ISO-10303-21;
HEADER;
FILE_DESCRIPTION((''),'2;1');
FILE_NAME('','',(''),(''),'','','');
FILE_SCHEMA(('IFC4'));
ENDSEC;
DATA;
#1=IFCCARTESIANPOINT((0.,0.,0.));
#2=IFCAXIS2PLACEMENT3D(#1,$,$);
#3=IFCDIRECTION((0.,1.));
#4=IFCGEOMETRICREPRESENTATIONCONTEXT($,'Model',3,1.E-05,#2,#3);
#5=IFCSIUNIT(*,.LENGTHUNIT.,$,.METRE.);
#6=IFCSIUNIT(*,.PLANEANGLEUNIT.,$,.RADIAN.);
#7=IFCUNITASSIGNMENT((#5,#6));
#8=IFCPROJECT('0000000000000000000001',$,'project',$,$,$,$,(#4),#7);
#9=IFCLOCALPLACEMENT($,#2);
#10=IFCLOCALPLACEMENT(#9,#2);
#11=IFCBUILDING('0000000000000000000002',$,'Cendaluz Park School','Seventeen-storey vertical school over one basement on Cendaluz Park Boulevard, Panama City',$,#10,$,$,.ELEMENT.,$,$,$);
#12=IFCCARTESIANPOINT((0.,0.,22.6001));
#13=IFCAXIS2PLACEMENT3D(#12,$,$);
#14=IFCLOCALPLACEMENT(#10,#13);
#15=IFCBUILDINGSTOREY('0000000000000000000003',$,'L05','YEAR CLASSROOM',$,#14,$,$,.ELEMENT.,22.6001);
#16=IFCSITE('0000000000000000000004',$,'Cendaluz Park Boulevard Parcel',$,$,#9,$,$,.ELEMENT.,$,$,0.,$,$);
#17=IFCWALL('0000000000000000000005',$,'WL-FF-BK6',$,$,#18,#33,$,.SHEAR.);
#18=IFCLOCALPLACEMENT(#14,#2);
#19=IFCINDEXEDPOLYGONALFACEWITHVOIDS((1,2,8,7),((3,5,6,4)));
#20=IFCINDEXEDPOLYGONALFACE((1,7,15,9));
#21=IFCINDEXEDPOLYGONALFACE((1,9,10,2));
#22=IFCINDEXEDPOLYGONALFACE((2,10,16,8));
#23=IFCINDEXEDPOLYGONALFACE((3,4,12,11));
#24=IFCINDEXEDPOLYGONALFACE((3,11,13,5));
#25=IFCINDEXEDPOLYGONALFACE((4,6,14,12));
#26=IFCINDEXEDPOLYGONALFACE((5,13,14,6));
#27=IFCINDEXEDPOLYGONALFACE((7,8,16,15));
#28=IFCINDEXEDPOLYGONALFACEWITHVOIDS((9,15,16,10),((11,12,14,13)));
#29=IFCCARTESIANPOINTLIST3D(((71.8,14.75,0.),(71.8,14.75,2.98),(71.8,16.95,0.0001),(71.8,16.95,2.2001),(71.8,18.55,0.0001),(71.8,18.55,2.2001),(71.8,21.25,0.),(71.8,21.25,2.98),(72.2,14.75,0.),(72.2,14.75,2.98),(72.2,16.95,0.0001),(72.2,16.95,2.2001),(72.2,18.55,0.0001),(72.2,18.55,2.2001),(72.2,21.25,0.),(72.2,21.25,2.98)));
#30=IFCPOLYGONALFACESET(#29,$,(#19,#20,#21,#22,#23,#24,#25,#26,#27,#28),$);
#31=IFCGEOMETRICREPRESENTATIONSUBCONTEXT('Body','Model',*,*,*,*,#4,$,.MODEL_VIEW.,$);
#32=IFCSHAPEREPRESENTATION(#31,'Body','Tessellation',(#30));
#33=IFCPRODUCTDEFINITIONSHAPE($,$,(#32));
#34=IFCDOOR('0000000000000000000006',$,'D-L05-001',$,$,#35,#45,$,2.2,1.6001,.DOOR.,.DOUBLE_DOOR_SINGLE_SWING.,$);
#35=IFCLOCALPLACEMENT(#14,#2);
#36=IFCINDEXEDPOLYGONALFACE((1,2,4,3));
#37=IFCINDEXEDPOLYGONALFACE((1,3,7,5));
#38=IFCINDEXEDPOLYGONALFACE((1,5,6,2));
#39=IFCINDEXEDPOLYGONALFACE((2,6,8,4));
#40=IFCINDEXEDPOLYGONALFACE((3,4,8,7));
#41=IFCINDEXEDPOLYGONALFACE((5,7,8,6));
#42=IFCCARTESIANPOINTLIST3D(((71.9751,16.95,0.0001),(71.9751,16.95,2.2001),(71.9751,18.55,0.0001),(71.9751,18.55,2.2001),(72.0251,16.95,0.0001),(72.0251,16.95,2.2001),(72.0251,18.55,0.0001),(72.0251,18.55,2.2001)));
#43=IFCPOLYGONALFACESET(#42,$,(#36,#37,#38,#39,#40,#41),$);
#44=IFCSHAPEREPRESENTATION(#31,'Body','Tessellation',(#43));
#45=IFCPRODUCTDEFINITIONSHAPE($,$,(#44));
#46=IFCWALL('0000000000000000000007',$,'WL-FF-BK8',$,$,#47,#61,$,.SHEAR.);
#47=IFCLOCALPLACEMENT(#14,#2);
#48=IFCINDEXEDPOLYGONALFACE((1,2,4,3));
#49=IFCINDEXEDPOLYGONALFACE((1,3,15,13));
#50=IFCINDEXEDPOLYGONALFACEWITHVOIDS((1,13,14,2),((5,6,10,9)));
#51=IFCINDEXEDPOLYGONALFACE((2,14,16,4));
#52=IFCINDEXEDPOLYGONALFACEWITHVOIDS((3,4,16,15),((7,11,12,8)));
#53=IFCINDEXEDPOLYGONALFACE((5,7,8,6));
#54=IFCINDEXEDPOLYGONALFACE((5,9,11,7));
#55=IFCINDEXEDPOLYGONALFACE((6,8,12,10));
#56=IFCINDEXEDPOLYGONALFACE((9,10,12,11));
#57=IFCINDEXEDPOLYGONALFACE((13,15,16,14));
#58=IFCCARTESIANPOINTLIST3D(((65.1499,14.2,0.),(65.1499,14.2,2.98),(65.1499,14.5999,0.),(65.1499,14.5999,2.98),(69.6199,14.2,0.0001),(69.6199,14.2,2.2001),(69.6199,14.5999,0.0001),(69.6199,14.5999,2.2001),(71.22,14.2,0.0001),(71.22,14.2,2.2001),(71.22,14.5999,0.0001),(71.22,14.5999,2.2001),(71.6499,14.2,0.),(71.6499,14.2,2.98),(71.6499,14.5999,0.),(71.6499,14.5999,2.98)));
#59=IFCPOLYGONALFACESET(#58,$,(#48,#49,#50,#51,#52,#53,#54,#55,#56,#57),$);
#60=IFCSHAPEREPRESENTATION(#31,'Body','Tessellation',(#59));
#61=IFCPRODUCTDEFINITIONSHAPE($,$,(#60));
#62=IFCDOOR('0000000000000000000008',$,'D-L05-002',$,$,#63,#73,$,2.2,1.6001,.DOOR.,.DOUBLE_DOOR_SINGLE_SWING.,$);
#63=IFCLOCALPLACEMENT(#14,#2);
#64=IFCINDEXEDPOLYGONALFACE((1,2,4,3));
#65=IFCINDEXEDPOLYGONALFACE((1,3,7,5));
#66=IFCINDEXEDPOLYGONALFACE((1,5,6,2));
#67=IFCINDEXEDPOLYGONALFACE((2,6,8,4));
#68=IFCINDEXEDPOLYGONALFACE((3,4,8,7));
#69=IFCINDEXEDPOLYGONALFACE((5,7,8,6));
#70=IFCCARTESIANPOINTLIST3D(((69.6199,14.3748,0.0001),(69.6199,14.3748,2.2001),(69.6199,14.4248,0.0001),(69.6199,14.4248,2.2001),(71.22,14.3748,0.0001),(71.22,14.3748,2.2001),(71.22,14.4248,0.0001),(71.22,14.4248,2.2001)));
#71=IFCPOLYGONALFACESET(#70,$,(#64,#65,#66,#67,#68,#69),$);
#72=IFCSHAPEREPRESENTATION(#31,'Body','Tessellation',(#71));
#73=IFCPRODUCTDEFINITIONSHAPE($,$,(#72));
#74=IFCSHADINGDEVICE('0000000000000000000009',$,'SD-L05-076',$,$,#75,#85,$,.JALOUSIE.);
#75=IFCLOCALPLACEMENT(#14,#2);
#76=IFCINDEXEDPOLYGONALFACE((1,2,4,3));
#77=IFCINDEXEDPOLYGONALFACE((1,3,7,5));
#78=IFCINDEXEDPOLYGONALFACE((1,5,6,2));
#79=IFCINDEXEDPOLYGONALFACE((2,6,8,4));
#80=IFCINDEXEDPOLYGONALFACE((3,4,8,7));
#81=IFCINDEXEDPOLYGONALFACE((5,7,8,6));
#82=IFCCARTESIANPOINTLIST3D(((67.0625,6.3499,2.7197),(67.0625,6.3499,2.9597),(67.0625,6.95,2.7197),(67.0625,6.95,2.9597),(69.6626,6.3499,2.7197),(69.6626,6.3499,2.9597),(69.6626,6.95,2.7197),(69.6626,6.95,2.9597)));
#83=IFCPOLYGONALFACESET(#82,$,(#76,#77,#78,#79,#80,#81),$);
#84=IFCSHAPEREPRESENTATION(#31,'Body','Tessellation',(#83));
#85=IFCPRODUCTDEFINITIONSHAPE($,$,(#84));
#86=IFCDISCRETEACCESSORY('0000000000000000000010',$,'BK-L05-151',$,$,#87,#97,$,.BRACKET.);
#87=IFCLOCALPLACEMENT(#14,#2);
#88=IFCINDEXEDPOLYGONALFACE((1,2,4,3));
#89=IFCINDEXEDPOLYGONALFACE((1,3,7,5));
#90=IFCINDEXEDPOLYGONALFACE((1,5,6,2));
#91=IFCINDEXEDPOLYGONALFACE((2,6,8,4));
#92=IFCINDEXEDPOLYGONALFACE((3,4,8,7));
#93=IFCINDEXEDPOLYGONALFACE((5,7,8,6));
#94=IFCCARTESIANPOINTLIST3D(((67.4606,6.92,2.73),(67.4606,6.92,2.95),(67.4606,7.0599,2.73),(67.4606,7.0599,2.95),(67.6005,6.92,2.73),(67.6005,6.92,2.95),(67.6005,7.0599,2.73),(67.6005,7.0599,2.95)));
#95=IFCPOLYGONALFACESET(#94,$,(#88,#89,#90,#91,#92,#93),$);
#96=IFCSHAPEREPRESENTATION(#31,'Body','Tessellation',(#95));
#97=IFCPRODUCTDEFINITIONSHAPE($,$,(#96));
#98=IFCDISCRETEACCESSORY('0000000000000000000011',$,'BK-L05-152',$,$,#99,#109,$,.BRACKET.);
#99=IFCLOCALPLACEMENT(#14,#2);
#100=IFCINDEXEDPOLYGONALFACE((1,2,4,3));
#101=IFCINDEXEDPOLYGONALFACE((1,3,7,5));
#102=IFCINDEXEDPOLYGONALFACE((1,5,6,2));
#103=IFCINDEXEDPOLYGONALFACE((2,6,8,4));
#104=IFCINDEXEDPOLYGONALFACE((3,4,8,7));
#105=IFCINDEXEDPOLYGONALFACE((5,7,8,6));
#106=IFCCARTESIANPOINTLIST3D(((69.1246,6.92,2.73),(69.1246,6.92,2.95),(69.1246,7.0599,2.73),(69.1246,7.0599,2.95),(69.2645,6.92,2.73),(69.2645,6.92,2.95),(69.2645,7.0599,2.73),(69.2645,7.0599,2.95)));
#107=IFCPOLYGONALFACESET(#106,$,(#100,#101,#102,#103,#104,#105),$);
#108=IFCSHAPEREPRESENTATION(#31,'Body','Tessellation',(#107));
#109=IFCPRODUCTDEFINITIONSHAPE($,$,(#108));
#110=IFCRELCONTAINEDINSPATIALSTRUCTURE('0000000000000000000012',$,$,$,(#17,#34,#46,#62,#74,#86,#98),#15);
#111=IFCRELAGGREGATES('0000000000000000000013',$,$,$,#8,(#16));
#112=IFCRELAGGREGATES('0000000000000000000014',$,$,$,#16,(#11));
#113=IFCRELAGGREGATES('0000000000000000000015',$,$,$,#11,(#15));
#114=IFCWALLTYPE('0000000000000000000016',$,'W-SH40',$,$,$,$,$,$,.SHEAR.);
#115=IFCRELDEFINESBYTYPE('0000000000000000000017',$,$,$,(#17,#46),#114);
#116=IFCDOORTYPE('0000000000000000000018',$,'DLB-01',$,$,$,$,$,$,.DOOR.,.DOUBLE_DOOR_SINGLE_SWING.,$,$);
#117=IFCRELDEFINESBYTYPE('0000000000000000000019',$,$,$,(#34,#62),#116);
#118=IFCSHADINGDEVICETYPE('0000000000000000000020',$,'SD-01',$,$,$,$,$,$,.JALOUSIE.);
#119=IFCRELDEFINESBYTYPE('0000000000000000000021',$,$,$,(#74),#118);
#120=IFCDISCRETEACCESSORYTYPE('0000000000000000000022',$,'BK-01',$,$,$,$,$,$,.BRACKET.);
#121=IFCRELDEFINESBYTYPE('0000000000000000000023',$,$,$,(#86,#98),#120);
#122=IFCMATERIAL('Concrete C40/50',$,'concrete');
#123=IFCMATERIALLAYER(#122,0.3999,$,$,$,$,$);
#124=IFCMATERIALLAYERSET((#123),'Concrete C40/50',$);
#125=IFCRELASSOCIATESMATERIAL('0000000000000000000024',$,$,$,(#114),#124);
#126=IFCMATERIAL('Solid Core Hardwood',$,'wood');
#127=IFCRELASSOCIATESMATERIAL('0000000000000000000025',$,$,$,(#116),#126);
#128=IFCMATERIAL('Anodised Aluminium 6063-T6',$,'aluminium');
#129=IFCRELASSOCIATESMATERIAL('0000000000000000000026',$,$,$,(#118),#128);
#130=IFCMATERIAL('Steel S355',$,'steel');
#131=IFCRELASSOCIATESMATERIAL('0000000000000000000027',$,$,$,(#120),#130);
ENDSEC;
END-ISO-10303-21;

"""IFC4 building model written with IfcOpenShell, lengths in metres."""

from ifc_helpers import new_model, si_unit, direction, frame, frame_2d, origin, origin_2d, place, context, subcontext, project, spatial, rectangle, extrude, material, layer, layer_set, type_object, element, fill, save


model = new_model("IFC4")

# Units and contexts
model_context = context("Model", 3, precision=1e-05, world=origin(), true_north=direction((0.0, 1.0)))
body_context = subcontext(model_context, "Body", "Model", "MODEL_VIEW")
ifc_project = project(units=[si_unit("LENGTHUNIT", "METRE"), si_unit("PLANEANGLEUNIT", "RADIAN")], contexts=[model_context])

# Site, building, storey
site_placement = place(None, origin())
site = spatial("IfcSite", under=ifc_project, at=site_placement, Name="Cendaluz Park Boulevard Parcel", CompositionType="ELEMENT", RefElevation=0.0)
building_placement = place(site_placement, origin())
building = spatial("IfcBuilding", under=site, at=building_placement, Name="Cendaluz Park School", Description="Seventeen-storey vertical school over one basement on Cendaluz Park Boulevard, Panama City", CompositionType="ELEMENT")
storey_placement = place(building_placement, frame((0.0, 0.0, 22.6001)))
storey = spatial("IfcBuildingStorey", under=building, at=storey_placement, Name="L05", Description="YEAR CLASSROOM", CompositionType="ELEMENT", Elevation=22.6001)

# Shared definitions
ifc_material_1 = material(Name="Concrete C40/50", Category="concrete")

# Shared definitions
ifc_material_2 = material(Name="Solid Core Hardwood", Category="wood")

# Shared definitions
ifc_layer_1 = layer(ifc_material_1, 0.3999)
ifc_layer_set_1 = layer_set([ifc_layer_1], Name="Concrete C40/50")
wall_type_1 = type_object("IfcWallType", Name="W-SH40", PredefinedType="SHEAR", material=ifc_layer_set_1)

# Walls, openings, doors
wall_1_placement = place(storey_placement, frame((72.0, 14.75, 0.0), z_axis=(0.0, 0.0, 1.0), x_axis=(0.0, 1.0, 0.0)))
wall_1 = element("IfcWall", 1, at=wall_1_placement, inside=storey, type_object=wall_type_1, Name="WL-FF-BK6", PredefinedType="SHEAR", context=body_context, shape_type="SweptSolid", body=[
    extrude(rectangle(XDim=6.5, YDim=0.3999, at=frame_2d((3.25, 0.0))), origin(), (0.0, 0.0, 1.0), 2.98),
])
opening_1_placement = place(wall_1_placement, frame((2.2, 0.0, 0.0)))
opening_1 = element("IfcOpeningElement", 2, at=opening_1_placement, cuts=wall_1, PredefinedType="OPENING", context=body_context, shape_type="SweptSolid", body=[
    extrude(rectangle(XDim=1.6001, YDim=2.2, at=frame_2d((0.8, 1.1001))), frame((0.0, 0.2119, 0.0), z_axis=(0.0, -1.0, 0.0), x_axis=(1.0, 0.0, 0.0)), (0.0, 0.0, 1.0), 0.4238),
])
door_type_1 = type_object("IfcDoorType", Name="DLB-01", OperationType="DOUBLE_DOOR_SINGLE_SWING", PredefinedType="DOOR", material=ifc_material_2)
door_1_placement = place(opening_1_placement, origin())
door_1 = element("IfcDoor", 3, at=door_1_placement, inside=storey, type_object=door_type_1, Name="D-L05-001", OperationType="DOUBLE_DOOR_SINGLE_SWING", OverallHeight=2.2, OverallWidth=1.6001, PredefinedType="DOOR", context=body_context, shape_type="SweptSolid", body=[
    extrude(rectangle(XDim=1.6001, YDim=2.2, at=frame_2d((0.8, 1.1001))), frame((0.0, 0.0249, 0.0), z_axis=(0.0, -1.0, 0.0), x_axis=(1.0, 0.0, 0.0)), (0.0, 0.0, 1.0), 0.05),
])
fill(opening_1, door_1)
wall_2_placement = place(storey_placement, frame((65.1499, 14.3999, 0.0), z_axis=(0.0, 0.0, 1.0), x_axis=(1.0, 0.0, 0.0)))
wall_2 = element("IfcWall", 4, at=wall_2_placement, inside=storey, type_object=wall_type_1, Name="WL-FF-BK8", PredefinedType="SHEAR", context=body_context, shape_type="SweptSolid", body=[
    extrude(rectangle(XDim=6.5, YDim=0.3999, at=frame_2d((3.25, 0.0))), origin(), (0.0, 0.0, 1.0), 2.98),
])
opening_2_placement = place(wall_2_placement, frame((4.47, 0.0, 0.0)))
opening_2 = element("IfcOpeningElement", 5, at=opening_2_placement, cuts=wall_2, PredefinedType="OPENING", context=body_context, shape_type="SweptSolid", body=[
    extrude(rectangle(XDim=1.6001, YDim=2.2, at=frame_2d((0.8, 1.1001))), frame((0.0, 0.2119, 0.0), z_axis=(0.0, -1.0, 0.0), x_axis=(1.0, 0.0, 0.0)), (0.0, 0.0, 1.0), 0.4238),
])
door_2_placement = place(opening_2_placement, origin())
door_2 = element("IfcDoor", 6, at=door_2_placement, inside=storey, type_object=door_type_1, Name="D-L05-002", OperationType="DOUBLE_DOOR_SINGLE_SWING", OverallHeight=2.2, OverallWidth=1.6001, PredefinedType="DOOR", context=body_context, shape_type="SweptSolid", body=[
    extrude(rectangle(XDim=1.6001, YDim=2.2, at=frame_2d((0.8, 1.1001))), frame((0.0, 0.0249, 0.0), z_axis=(0.0, -1.0, 0.0), x_axis=(1.0, 0.0, 0.0)), (0.0, 0.0, 1.0), 0.05),
])
fill(opening_2, door_2)

# Shading device
ifc_material_3 = material(Name="Anodised Aluminium 6063-T6", Category="aluminium")
shading_device_type = type_object("IfcShadingDeviceType", Name="SD-01", PredefinedType="JALOUSIE", material=ifc_material_3)
shading_device_placement = place(storey_placement, frame((68.3625, 6.6499, 2.7197), z_axis=(0.0, 0.0, 1.0), x_axis=(1.0, 0.0, 0.0)))
element("IfcShadingDevice", 7, at=shading_device_placement, inside=storey, type_object=shading_device_type, Name="SD-L05-076", PredefinedType="JALOUSIE", context=body_context, shape_type="SweptSolid", body=[
    extrude(rectangle(XDim=2.6001, YDim=0.6001, at=origin_2d()), origin(), (0.0, 0.0, 1.0), 0.24),
])

# Discrete accessories
ifc_material_4 = material(Name="Steel S355", Category="steel")
discrete_accessory_type = type_object("IfcDiscreteAccessoryType", Name="BK-01", PredefinedType="BRACKET", material=ifc_material_4)
for number, where, z_axis, x_axis, name in (
    (8, (67.5305, 6.99, 2.73), (0.0, 0.0, 1.0), (1.0, 0.0, 0.0), "BK-L05-151"),
    (9, (69.1946, 6.99, 2.73), (0.0, 0.0, 1.0), (1.0, 0.0, 0.0), "BK-L05-152"),
):
    element("IfcDiscreteAccessory", number, at=place(storey_placement, frame(where, z_axis=z_axis, x_axis=x_axis)), inside=storey, type_object=discrete_accessory_type, Name=name, PredefinedType="BRACKET", context=body_context, shape_type="SweptSolid", body=[
        extrude(rectangle(XDim=0.1399, YDim=0.1399, at=origin_2d()), origin(), (0.0, 0.0, 1.0), 0.22),
    ])

save(model, "model.ifc")
